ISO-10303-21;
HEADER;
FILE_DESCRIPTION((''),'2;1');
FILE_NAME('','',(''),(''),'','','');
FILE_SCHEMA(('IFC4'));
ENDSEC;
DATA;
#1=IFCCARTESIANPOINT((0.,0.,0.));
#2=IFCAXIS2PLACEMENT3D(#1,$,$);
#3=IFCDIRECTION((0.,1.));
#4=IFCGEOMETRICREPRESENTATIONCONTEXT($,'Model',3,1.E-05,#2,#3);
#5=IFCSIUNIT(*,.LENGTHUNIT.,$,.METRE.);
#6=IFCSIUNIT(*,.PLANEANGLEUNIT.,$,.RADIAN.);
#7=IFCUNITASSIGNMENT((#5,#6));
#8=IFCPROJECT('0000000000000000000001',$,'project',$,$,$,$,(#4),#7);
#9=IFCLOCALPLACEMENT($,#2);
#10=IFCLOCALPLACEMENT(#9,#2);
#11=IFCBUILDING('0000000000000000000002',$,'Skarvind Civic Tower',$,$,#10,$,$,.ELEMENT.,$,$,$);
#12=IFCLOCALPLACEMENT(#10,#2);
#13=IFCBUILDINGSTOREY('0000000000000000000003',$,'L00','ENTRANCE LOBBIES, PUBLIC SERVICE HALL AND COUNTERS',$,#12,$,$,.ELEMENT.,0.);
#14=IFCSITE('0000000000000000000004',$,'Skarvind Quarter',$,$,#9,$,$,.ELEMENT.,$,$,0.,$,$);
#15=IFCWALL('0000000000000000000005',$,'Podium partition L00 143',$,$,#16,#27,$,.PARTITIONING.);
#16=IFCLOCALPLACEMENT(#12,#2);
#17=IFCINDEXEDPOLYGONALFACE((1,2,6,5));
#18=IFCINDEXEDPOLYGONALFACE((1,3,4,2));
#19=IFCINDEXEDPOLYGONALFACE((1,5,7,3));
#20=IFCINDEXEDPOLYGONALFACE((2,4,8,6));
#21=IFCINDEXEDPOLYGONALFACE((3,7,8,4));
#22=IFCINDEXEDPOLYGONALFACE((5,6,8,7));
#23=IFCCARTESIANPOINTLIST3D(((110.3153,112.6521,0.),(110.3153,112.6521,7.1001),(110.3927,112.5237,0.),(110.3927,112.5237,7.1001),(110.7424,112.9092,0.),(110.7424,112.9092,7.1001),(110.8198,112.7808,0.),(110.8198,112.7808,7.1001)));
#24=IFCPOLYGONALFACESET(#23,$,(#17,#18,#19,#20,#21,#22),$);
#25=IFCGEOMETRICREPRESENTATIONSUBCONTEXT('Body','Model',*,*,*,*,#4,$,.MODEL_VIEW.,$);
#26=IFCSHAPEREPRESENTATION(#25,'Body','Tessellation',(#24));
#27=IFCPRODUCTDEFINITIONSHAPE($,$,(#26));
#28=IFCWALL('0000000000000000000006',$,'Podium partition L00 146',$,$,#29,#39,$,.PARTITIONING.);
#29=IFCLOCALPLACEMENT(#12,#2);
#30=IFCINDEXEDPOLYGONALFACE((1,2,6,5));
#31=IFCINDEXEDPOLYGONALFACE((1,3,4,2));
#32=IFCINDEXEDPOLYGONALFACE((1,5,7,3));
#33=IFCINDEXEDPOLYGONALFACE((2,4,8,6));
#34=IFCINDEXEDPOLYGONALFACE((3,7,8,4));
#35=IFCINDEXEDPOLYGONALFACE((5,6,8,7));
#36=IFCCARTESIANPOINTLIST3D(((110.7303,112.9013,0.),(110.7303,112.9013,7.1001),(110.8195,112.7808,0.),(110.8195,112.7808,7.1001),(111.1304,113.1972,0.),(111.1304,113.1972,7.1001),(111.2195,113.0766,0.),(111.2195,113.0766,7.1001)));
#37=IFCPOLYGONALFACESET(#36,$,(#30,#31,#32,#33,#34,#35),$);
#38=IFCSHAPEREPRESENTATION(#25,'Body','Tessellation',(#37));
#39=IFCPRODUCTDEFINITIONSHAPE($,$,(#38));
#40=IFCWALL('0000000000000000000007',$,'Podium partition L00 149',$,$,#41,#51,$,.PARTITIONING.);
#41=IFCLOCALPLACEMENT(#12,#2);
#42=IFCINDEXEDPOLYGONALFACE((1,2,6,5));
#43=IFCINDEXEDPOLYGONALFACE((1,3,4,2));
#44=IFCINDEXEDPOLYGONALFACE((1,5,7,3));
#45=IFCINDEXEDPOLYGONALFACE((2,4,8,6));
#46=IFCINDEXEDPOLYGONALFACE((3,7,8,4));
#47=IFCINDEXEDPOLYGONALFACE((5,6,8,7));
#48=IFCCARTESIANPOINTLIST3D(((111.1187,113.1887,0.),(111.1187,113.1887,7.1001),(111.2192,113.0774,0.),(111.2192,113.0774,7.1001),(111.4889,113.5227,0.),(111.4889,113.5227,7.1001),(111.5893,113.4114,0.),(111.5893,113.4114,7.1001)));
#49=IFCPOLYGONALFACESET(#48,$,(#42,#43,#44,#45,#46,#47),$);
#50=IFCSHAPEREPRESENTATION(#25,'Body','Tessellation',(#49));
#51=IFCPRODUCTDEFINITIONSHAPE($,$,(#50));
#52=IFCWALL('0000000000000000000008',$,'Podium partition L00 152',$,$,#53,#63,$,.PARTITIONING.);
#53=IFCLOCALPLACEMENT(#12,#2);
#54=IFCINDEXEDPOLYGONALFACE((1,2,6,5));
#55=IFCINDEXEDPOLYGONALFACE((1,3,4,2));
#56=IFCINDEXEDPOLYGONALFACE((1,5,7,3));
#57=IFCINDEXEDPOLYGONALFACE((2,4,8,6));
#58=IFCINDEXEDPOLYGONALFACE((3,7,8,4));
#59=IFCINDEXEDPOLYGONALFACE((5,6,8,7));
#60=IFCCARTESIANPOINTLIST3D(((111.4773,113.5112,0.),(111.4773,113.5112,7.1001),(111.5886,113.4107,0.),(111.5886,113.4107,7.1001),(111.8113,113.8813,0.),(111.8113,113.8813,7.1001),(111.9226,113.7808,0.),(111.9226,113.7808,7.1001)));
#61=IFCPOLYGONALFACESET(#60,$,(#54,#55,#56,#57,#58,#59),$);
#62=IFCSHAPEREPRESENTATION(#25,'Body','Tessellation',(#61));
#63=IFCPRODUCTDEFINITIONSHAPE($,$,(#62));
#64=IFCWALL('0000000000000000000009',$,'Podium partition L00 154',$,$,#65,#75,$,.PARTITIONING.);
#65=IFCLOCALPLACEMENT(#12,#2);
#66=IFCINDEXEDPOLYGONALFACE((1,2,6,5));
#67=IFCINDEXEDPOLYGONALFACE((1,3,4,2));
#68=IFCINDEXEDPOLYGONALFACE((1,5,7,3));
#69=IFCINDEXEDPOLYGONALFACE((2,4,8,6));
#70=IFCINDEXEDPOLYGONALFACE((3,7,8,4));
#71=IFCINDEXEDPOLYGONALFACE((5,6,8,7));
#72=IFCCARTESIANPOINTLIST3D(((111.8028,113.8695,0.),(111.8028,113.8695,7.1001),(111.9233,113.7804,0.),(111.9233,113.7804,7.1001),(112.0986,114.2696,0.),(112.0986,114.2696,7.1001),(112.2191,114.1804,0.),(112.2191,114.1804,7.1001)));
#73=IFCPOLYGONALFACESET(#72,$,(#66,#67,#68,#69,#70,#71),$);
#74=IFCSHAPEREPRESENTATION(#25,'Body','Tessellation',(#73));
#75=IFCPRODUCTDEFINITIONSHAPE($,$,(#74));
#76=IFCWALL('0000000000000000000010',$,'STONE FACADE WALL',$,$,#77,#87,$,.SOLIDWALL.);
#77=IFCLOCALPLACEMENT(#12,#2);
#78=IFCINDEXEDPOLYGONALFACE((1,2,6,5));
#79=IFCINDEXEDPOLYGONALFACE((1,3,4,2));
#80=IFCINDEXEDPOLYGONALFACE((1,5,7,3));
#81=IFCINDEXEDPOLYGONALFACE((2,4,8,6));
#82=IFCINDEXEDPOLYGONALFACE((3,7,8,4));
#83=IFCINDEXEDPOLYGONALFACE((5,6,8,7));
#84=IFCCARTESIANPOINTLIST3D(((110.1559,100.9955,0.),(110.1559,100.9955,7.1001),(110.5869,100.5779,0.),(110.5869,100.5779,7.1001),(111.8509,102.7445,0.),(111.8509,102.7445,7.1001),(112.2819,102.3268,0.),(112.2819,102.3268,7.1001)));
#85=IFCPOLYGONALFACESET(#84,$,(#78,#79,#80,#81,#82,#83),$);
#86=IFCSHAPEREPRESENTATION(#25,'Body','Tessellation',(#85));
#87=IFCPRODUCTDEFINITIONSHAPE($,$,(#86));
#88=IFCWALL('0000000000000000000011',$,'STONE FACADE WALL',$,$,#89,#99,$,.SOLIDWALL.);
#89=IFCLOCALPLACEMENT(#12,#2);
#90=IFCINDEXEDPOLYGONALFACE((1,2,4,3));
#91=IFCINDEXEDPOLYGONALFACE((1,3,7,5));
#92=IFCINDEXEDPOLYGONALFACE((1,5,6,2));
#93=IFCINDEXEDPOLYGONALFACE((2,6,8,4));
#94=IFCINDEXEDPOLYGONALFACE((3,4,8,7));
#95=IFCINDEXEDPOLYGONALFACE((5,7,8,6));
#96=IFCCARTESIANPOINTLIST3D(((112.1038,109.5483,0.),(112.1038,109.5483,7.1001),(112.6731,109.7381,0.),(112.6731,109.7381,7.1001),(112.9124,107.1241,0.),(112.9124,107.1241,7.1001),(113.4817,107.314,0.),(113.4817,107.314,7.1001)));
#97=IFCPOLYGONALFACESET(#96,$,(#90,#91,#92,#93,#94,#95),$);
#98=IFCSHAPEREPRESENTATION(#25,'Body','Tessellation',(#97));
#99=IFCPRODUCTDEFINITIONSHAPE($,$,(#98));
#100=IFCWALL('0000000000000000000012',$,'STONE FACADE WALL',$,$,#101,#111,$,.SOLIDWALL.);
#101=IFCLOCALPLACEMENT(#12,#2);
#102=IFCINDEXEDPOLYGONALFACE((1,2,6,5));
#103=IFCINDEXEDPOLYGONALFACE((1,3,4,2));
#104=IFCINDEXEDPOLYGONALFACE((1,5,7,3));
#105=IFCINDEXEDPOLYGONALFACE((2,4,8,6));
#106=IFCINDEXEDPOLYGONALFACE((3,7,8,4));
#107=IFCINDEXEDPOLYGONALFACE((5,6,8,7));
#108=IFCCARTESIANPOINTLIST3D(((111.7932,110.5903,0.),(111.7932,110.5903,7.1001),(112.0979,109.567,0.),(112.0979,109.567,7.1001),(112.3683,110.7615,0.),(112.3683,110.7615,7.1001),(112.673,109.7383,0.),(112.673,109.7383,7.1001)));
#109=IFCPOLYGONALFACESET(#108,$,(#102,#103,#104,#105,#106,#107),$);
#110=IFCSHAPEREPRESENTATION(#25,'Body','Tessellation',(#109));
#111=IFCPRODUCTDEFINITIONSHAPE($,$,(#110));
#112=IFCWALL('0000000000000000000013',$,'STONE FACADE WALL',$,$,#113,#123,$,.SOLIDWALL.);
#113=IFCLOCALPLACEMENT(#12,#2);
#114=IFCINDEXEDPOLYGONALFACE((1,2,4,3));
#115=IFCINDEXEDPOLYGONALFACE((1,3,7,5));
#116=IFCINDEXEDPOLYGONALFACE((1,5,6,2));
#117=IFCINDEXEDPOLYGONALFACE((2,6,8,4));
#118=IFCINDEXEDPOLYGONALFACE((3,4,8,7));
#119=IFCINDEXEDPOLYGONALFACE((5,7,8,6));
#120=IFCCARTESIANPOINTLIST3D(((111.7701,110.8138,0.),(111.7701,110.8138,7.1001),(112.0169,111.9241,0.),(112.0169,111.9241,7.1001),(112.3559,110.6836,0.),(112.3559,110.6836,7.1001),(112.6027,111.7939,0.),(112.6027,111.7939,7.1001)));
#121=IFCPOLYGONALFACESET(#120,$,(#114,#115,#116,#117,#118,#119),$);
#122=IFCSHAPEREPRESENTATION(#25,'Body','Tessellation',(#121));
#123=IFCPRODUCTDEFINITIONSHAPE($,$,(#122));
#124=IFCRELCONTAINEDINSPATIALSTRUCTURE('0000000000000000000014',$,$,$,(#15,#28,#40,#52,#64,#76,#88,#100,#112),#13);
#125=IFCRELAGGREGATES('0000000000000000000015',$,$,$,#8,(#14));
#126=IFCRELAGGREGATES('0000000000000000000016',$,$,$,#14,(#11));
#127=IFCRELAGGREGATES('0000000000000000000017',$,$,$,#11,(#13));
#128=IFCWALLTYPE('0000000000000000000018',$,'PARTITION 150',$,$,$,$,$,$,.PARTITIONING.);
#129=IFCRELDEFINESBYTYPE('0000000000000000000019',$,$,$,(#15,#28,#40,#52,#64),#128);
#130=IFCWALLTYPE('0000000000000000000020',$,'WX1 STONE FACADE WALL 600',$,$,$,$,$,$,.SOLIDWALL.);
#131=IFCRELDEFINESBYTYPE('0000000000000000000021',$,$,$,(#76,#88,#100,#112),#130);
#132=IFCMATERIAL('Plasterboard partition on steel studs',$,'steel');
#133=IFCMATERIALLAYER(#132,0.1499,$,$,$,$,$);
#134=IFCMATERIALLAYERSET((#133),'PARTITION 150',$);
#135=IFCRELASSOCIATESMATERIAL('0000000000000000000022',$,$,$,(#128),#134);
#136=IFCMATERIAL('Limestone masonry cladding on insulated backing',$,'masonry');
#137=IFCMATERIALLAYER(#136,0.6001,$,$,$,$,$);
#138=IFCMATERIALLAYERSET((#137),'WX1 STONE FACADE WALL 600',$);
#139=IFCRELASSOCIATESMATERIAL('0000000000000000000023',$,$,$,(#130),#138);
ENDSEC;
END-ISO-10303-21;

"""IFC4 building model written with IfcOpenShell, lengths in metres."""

from ifc_helpers import new_model, si_unit, direction, frame, frame_2d, origin, place, context, subcontext, project, spatial, rectangle, extrude, material, layer, layer_set, type_object, element, save


model = new_model("IFC4")

# Units and contexts
model_context = context("Model", 3, precision=1e-05, world=origin(), true_north=direction((0.0, 1.0)))
body_context = subcontext(model_context, "Body", "Model", "MODEL_VIEW")
ifc_project = project(units=[si_unit("LENGTHUNIT", "METRE"), si_unit("PLANEANGLEUNIT", "RADIAN")], contexts=[model_context])

# Site, building, storey
site_placement = place(None, origin())
site = spatial("IfcSite", under=ifc_project, at=site_placement, Name="Skarvind Quarter", CompositionType="ELEMENT", RefElevation=0.0)
building_placement = place(site_placement, origin())
building = spatial("IfcBuilding", under=site, at=building_placement, Name="Skarvind Civic Tower", CompositionType="ELEMENT")
storey_placement = place(building_placement, origin())
storey = spatial("IfcBuildingStorey", under=building, at=storey_placement, Name="L00", Description="ENTRANCE LOBBIES, PUBLIC SERVICE HALL AND COUNTERS", CompositionType="ELEMENT", Elevation=0.0)

# Shared definitions
ifc_material_1 = material(Name="Plasterboard partition on steel studs", Category="steel")
ifc_layer_1 = layer(ifc_material_1, 0.1499)
ifc_layer_set_1 = layer_set([ifc_layer_1], Name="PARTITION 150")
wall_type_1 = type_object("IfcWallType", Name="PARTITION 150", PredefinedType="PARTITIONING", material=ifc_layer_set_1)

# Walls
wall_1_placement = place(storey_placement, frame((110.354, 112.5879, 0.0), z_axis=(0.0, 0.0, 1.0), x_axis=(0.856714, 0.515792, 0.0)))
element("IfcWall", 1, at=wall_1_placement, inside=storey, type_object=wall_type_1, Name="Podium partition L00 143", PredefinedType="PARTITIONING", context=body_context, shape_type="SweptSolid", body=[
    extrude(rectangle(XDim=0.4985, YDim=0.1499, at=frame_2d((0.2493, 0.0))), origin(), (0.0, 0.0, 1.0), 7.1001),
])
wall_2_placement = place(storey_placement, frame((110.7749, 112.8411, 0.0), z_axis=(0.0, 0.0, 1.0), x_axis=(0.804044, 0.59457, 0.0)))
element("IfcWall", 2, at=wall_2_placement, inside=storey, type_object=wall_type_1, Name="Podium partition L00 146", PredefinedType="PARTITIONING", context=body_context, shape_type="SweptSolid", body=[
    extrude(rectangle(XDim=0.4976, YDim=0.1499, at=frame_2d((0.2488, 0.0))), origin(), (0.0, 0.0, 1.0), 7.1001),
])
for number, where, z_axis, x_axis, name in (
    (3, (111.1689, 113.1331, 0.0), (0.0, 0.0, 1.0), (0.742417, 0.669938, 0.0), "Podium partition L00 149"),
    (4, (111.533, 113.4609, 0.0), (0.0, 0.0, 1.0), (0.669938, 0.742417, 0.0), "Podium partition L00 152"),
):
    element("IfcWall", number, at=place(storey_placement, frame(where, z_axis=z_axis, x_axis=x_axis)), inside=storey, type_object=wall_type_1, Name=name, PredefinedType="PARTITIONING", context=body_context, shape_type="SweptSolid", body=[
        extrude(rectangle(XDim=0.4985, YDim=0.1499, at=frame_2d((0.2493, 0.0))), origin(), (0.0, 0.0, 1.0), 7.1001),
    ])
wall_3_placement = place(storey_placement, frame((111.863, 113.825, 0.0), z_axis=(0.0, 0.0, 1.0), x_axis=(0.59457, 0.804044, 0.0)))
element("IfcWall", 5, at=wall_3_placement, inside=storey, type_object=wall_type_1, Name="Podium partition L00 154", PredefinedType="PARTITIONING", context=body_context, shape_type="SweptSolid", body=[
    extrude(rectangle(XDim=0.4976, YDim=0.1499, at=frame_2d((0.2488, 0.0))), origin(), (0.0, 0.0, 1.0), 7.1001),
])
ifc_material_2 = material(Name="Limestone masonry cladding on insulated backing", Category="masonry")
ifc_layer_2 = layer(ifc_material_2, 0.6001)
ifc_layer_set_2 = layer_set([ifc_layer_2], Name="WX1 STONE FACADE WALL 600")
wall_type_2 = type_object("IfcWallType", Name="WX1 STONE FACADE WALL 600", PredefinedType="SOLIDWALL", material=ifc_layer_set_2)
wall_4_placement = place(storey_placement, frame((112.0664, 102.5356, 0.0), z_axis=(0.0, 0.0, 1.0), x_axis=(-0.695944, -0.718096, 0.0)))
element("IfcWall", 6, at=wall_4_placement, inside=storey, type_object=wall_type_2, Name="STONE FACADE WALL", PredefinedType="SOLIDWALL", context=body_context, shape_type="SweptSolid", body=[
    extrude(rectangle(XDim=2.4355, YDim=0.6001, at=frame_2d((1.2178, 0.0))), origin(), (0.0, 0.0, 1.0), 7.1001),
])
wall_5_placement = place(storey_placement, frame((112.3884, 109.6433, 0.0), z_axis=(0.0, 0.0, 1.0), x_axis=(0.316428, -0.948616, 0.0)))
element("IfcWall", 7, at=wall_5_placement, inside=storey, type_object=wall_type_2, Name="STONE FACADE WALL", PredefinedType="SOLIDWALL", context=body_context, shape_type="SweptSolid", body=[
    extrude(rectangle(XDim=2.5554, YDim=0.6001, at=frame_2d((1.2778, 0.0))), origin(), (0.0, 0.0, 1.0), 7.1001),
])
wall_6_placement = place(storey_placement, frame((112.0808, 110.6758, 0.0), z_axis=(0.0, 0.0, 1.0), x_axis=(0.285396, -0.95841, 0.0)))
element("IfcWall", 8, at=wall_6_placement, inside=storey, type_object=wall_type_2, Name="STONE FACADE WALL", PredefinedType="SOLIDWALL", context=body_context, shape_type="SweptSolid", body=[
    extrude(rectangle(XDim=1.0676, YDim=0.6001, at=frame_2d((0.5337, 0.0))), origin(), (0.0, 0.0, 1.0), 7.1001),
])
wall_7_placement = place(storey_placement, frame((112.3098, 111.8591, 0.0), z_axis=(0.0, 0.0, 1.0), x_axis=(-0.216999, -0.976172, 0.0)))
element("IfcWall", 9, at=wall_7_placement, inside=storey, type_object=wall_type_2, Name="STONE FACADE WALL", PredefinedType="SOLIDWALL", context=body_context, shape_type="SweptSolid", body=[
    extrude(rectangle(XDim=1.1375, YDim=0.6001, at=frame_2d((0.5688, 0.0))), origin(), (0.0, 0.0, 1.0), 7.1001),
])

save(model, "model.ifc")
